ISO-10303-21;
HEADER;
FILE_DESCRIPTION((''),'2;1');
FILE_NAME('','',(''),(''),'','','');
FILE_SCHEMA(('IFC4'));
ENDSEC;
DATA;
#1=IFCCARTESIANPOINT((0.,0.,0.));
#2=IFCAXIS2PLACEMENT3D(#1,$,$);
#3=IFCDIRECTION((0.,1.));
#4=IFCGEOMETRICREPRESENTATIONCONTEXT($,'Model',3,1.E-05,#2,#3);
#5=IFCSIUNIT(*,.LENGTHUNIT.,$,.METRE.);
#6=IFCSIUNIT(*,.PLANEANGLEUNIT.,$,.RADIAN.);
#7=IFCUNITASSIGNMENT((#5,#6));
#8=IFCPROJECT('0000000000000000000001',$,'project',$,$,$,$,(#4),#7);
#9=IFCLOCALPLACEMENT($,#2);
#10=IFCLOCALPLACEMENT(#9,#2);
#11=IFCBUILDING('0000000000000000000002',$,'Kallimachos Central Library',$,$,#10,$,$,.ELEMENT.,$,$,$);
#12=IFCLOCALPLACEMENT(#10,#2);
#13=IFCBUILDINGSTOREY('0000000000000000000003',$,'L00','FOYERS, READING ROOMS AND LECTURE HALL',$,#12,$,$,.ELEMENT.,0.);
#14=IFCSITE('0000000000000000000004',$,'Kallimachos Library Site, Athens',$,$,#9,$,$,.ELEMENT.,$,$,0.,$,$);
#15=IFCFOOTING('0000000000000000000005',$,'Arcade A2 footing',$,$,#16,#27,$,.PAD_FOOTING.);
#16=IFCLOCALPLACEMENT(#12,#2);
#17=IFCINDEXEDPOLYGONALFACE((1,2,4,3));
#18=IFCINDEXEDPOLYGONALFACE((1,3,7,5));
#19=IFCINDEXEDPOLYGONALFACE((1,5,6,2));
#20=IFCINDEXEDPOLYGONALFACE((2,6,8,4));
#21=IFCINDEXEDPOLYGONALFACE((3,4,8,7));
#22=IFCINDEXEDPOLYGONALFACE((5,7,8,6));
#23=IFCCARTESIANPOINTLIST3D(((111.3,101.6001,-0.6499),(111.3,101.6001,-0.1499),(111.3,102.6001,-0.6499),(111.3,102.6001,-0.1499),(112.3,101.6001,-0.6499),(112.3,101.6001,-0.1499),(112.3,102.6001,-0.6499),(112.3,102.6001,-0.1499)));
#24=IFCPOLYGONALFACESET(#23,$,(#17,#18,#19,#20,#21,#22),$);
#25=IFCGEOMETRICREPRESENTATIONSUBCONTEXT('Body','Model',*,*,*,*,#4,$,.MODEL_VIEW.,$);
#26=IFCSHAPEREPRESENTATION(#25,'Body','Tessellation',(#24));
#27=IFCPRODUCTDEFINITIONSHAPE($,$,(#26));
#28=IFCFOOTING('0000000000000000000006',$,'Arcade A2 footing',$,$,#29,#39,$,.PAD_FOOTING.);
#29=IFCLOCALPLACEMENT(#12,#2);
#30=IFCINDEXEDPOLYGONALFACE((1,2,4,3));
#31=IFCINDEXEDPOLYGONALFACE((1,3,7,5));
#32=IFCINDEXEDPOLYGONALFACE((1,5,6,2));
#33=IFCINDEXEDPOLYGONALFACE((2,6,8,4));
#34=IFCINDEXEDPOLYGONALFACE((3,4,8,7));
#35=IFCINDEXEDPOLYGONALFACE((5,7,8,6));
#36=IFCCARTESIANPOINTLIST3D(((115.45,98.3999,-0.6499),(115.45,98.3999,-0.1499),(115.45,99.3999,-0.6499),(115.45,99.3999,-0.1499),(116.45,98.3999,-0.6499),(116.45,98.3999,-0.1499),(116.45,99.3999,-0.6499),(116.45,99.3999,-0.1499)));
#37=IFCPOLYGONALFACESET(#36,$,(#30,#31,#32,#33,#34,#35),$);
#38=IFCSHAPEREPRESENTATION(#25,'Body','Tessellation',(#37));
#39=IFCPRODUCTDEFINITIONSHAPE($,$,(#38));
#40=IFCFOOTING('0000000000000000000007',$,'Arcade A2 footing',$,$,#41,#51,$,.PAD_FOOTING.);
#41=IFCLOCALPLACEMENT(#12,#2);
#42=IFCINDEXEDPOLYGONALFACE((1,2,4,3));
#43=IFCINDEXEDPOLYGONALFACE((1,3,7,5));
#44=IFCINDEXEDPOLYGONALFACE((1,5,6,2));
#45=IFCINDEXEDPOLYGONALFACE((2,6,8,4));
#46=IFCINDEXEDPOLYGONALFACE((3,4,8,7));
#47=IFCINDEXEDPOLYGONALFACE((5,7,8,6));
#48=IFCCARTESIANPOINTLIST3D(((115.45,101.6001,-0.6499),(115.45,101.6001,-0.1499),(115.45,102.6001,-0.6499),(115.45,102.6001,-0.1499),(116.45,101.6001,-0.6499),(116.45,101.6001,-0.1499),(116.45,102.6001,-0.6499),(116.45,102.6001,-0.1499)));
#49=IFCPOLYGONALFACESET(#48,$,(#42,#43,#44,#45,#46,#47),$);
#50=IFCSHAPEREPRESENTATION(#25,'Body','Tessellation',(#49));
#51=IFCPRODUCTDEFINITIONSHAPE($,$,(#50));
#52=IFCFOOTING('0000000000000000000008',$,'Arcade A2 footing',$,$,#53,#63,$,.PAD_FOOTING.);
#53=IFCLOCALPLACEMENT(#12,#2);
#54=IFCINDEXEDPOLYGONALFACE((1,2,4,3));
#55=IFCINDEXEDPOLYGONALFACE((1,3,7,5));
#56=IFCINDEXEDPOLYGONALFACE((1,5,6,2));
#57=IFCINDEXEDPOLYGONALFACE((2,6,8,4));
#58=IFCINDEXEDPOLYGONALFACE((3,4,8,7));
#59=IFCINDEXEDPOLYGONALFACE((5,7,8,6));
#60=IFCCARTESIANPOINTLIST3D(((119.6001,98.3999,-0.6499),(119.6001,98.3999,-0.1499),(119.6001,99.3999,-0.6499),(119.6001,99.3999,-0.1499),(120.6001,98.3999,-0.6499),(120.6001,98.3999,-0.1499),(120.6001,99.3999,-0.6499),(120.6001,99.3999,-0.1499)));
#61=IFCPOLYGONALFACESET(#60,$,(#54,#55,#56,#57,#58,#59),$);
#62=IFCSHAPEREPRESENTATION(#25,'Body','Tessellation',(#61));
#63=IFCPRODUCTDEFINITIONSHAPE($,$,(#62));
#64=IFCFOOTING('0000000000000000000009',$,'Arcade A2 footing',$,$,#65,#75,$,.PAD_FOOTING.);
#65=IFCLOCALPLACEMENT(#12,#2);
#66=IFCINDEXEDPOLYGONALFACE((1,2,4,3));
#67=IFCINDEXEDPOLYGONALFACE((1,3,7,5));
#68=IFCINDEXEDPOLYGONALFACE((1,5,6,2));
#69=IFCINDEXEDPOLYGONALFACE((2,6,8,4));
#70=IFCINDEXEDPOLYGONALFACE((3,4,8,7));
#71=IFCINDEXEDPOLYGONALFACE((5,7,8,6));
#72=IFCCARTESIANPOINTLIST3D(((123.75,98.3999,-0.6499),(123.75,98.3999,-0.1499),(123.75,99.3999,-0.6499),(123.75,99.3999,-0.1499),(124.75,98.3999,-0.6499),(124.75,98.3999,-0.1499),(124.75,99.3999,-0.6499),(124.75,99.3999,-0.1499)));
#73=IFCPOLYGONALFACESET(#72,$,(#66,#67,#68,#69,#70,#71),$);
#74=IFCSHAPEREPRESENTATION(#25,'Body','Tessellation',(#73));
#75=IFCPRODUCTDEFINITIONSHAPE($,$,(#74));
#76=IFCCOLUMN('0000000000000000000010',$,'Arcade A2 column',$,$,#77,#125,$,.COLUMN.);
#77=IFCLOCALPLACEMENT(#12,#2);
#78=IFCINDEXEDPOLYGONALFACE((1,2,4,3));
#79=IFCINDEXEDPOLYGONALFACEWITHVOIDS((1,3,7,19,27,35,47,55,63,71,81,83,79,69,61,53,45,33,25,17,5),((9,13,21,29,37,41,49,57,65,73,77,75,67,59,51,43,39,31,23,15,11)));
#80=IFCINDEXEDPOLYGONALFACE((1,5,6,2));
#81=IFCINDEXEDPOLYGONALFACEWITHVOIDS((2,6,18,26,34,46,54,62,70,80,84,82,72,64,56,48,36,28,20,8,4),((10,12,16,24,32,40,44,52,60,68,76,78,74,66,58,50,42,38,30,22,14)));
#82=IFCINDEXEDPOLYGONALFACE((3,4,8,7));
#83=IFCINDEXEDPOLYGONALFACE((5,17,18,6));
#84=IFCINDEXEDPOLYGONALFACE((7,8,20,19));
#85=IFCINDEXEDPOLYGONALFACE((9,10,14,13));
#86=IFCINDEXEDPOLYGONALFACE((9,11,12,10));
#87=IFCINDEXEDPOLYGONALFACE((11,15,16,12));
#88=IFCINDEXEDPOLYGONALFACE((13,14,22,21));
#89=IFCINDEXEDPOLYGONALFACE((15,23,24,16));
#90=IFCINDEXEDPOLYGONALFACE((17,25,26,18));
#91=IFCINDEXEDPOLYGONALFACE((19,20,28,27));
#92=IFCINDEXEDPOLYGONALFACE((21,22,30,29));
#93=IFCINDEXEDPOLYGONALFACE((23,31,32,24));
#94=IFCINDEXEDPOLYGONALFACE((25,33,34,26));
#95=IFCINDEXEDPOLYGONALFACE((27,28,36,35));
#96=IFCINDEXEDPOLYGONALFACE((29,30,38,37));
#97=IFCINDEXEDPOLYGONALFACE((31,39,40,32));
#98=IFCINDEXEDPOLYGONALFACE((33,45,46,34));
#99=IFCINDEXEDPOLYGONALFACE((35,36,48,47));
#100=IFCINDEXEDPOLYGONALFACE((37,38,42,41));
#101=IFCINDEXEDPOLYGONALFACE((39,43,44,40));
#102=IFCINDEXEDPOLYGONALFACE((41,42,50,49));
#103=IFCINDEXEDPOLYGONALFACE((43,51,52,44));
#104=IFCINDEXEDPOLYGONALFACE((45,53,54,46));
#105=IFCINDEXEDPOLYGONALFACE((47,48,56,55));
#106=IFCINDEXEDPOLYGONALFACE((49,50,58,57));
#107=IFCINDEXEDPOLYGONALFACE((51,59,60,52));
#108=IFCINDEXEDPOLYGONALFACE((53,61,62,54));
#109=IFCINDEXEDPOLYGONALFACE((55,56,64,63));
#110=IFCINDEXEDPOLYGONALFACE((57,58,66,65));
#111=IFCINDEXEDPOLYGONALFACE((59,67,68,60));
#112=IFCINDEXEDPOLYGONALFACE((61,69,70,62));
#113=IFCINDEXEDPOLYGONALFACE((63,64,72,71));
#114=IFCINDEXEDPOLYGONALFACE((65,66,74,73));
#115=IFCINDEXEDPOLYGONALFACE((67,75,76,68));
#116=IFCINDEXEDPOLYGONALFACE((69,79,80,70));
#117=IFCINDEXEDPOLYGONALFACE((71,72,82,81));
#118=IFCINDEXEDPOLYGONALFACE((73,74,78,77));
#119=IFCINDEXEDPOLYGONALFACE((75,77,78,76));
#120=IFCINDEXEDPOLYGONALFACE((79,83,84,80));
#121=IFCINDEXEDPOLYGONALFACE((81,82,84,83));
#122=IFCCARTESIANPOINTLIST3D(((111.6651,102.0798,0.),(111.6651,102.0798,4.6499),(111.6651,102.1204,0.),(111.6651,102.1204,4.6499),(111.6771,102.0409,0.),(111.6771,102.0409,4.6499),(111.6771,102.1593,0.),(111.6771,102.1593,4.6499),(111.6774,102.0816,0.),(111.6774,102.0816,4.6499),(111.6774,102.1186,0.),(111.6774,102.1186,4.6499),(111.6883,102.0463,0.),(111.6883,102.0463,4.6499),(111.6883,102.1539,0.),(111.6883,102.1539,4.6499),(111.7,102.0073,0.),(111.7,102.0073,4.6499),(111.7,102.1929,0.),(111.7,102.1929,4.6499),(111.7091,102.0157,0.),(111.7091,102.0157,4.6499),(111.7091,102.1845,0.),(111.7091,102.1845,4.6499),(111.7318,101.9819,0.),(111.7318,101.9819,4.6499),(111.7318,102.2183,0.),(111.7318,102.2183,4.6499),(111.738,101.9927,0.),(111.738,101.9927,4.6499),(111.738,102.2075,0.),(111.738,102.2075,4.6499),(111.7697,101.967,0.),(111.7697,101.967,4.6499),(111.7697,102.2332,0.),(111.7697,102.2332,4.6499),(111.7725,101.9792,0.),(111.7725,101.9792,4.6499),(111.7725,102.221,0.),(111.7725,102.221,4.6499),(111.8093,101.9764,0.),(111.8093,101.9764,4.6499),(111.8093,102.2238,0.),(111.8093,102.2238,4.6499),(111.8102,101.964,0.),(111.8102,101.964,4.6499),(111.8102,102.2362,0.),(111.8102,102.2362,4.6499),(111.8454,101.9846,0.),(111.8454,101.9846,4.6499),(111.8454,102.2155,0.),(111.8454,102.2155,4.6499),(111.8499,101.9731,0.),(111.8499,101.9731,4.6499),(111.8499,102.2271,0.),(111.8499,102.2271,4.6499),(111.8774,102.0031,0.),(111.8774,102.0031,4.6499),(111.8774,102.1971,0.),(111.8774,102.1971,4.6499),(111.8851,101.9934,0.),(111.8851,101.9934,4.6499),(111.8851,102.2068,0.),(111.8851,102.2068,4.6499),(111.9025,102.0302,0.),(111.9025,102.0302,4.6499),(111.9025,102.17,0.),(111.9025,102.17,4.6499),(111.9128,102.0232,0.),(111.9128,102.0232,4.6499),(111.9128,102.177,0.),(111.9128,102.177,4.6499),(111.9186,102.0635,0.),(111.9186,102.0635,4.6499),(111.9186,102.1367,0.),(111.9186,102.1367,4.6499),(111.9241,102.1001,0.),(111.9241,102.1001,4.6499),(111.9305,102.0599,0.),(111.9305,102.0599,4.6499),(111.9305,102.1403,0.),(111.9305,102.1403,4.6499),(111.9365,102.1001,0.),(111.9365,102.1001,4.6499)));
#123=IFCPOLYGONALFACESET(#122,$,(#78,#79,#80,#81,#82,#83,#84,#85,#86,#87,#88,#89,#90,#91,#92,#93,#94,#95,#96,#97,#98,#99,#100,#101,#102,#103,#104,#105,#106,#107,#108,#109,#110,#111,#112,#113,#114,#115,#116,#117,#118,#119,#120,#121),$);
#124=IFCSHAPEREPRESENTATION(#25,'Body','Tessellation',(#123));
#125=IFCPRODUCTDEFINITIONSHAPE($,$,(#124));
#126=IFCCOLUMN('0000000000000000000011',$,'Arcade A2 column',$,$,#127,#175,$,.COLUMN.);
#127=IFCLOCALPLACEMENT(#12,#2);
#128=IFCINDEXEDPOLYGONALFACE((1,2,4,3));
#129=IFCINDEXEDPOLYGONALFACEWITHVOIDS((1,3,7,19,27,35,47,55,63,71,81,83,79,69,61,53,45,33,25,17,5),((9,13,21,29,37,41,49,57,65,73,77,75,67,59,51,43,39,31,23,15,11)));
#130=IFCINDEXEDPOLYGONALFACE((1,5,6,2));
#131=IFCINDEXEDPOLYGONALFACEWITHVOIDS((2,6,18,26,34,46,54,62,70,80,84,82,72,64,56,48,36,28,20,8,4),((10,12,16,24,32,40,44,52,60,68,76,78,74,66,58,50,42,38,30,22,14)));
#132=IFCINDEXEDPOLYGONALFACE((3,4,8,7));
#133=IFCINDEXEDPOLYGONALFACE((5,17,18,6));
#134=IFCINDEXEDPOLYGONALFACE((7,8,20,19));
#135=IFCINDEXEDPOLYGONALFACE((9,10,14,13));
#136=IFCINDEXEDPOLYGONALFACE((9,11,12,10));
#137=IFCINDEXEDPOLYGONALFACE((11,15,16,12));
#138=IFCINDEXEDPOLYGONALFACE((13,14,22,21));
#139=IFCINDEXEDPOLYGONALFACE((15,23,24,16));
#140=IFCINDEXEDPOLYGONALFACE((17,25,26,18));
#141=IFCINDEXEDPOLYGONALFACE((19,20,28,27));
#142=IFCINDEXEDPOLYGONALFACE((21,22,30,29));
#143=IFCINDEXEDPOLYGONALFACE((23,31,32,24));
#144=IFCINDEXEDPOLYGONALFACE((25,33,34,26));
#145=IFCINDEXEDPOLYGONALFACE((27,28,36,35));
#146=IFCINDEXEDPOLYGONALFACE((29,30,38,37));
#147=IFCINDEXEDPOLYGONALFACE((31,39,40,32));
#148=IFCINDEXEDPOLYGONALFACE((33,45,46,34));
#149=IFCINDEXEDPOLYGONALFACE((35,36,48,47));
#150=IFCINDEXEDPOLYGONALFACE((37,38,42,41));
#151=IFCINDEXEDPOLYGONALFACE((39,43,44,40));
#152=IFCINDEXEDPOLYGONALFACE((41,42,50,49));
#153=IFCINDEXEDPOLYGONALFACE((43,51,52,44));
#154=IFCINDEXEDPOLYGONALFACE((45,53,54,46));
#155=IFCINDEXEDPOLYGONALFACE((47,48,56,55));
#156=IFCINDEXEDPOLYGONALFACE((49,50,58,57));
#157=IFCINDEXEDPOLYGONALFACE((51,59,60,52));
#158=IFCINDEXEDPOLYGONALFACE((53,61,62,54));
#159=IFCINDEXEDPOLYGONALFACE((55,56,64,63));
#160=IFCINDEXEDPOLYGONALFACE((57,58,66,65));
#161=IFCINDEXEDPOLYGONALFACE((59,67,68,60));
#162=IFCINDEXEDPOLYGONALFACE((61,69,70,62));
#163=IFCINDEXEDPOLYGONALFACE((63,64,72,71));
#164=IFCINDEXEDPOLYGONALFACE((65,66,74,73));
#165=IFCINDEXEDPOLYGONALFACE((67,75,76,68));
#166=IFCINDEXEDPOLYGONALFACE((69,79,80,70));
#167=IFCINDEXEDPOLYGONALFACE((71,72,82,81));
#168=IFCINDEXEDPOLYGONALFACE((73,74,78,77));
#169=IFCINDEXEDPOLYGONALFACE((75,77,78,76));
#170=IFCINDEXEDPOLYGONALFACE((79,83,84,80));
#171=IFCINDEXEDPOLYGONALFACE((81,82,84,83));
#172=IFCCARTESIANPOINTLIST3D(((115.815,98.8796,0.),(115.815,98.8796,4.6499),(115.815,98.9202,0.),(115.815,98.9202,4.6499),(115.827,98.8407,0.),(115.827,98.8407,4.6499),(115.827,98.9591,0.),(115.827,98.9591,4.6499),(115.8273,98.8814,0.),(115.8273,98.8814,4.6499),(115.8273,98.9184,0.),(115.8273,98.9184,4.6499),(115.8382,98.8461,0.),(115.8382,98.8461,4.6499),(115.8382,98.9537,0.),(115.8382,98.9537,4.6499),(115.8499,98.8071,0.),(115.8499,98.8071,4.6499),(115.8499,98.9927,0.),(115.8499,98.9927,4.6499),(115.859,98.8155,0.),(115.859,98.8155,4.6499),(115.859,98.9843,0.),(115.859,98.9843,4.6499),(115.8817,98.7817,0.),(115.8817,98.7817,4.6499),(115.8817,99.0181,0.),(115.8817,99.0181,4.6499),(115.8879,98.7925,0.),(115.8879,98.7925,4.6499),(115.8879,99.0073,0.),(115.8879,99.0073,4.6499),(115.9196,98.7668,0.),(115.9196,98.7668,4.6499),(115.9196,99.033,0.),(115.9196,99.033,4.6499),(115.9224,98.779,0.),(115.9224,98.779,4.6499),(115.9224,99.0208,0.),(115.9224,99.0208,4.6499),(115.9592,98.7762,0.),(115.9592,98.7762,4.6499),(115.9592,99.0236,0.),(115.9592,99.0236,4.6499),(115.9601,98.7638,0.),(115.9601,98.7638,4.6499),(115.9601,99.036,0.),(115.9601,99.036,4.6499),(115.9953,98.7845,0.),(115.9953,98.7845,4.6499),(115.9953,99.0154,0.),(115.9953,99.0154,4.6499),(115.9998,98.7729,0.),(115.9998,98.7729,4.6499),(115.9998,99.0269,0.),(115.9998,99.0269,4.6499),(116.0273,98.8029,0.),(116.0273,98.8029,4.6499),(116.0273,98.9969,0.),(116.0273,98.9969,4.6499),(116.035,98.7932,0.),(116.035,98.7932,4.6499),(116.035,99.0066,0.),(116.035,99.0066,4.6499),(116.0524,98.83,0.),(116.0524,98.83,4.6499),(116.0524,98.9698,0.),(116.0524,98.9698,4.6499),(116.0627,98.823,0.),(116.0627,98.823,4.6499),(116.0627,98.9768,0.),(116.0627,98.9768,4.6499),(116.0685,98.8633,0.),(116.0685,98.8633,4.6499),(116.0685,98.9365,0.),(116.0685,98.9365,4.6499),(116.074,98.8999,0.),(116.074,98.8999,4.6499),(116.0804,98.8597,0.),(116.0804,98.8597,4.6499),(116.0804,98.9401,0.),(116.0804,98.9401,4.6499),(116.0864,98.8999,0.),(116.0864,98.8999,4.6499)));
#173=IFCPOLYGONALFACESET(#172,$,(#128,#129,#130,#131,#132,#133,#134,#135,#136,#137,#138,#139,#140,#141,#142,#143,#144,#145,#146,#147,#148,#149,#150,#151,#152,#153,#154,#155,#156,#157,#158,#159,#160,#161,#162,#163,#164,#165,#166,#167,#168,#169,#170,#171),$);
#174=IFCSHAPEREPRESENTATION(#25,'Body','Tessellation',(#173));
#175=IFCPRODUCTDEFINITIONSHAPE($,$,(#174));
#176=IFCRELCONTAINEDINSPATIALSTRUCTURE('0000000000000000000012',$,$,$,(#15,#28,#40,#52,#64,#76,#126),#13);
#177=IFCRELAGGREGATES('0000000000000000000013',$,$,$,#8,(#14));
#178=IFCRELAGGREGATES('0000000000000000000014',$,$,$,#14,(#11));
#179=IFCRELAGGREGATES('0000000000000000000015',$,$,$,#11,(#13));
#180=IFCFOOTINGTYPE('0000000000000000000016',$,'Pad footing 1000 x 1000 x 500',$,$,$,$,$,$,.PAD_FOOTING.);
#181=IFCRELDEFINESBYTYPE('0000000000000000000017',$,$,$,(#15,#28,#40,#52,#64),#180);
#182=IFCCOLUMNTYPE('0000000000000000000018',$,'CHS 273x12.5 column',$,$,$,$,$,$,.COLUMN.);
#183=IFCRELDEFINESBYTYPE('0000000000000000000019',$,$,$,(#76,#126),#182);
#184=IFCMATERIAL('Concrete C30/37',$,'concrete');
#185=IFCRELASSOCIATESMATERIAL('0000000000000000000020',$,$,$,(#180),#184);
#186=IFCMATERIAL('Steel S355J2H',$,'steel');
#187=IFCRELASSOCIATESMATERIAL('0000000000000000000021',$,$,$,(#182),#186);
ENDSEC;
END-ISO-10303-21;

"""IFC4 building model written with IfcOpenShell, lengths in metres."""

from ifc_helpers import new_model, si_unit, direction, frame, origin, origin_2d, place, context, subcontext, project, spatial, rectangle, hollow_circle, extrude, material, material_profile, profile_set, type_object, element, save


model = new_model("IFC4")

# Units and contexts
model_context = context("Model", 3, precision=1e-05, world=origin(), true_north=direction((0.0, 1.0)))
body_context = subcontext(model_context, "Body", "Model", "MODEL_VIEW")
ifc_project = project(units=[si_unit("LENGTHUNIT", "METRE"), si_unit("PLANEANGLEUNIT", "RADIAN")], contexts=[model_context])

# Site, building, storey
site_placement = place(None, origin())
site = spatial("IfcSite", under=ifc_project, at=site_placement, Name="Kallimachos Library Site, Athens", CompositionType="ELEMENT", RefElevation=0.0)
building_placement = place(site_placement, origin())
building = spatial("IfcBuilding", under=site, at=building_placement, Name="Kallimachos Central Library", CompositionType="ELEMENT")
storey_placement = place(building_placement, origin())
storey = spatial("IfcBuildingStorey", under=building, at=storey_placement, Name="L00", Description="FOYERS, READING ROOMS AND LECTURE HALL", CompositionType="ELEMENT", Elevation=0.0)

# Footings
ifc_material_1 = material(Name="Concrete C30/37", Category="concrete")
footing_type = type_object("IfcFootingType", Name="Pad footing 1000 x 1000 x 500", PredefinedType="PAD_FOOTING", material=ifc_material_1)
for number, where, z_axis, x_axis, name in (
    (1, (111.8, 102.1001, -0.6499), (0.0, 0.0, 1.0), (1.0, 0.0, 0.0), "Arcade A2 footing"),
    (2, (115.95, 98.8999, -0.6499), (0.0, 0.0, 1.0), (1.0, 0.0, 0.0), "Arcade A2 footing"),
    (3, (115.95, 102.1001, -0.6499), (0.0, 0.0, 1.0), (1.0, 0.0, 0.0), "Arcade A2 footing"),
    (4, (120.1001, 98.8999, -0.6499), (0.0, 0.0, 1.0), (1.0, 0.0, 0.0), "Arcade A2 footing"),
    (5, (124.25, 98.8999, -0.6499), (0.0, 0.0, 1.0), (1.0, 0.0, 0.0), "Arcade A2 footing"),
):
    element("IfcFooting", number, at=place(storey_placement, frame(where, z_axis=z_axis, x_axis=x_axis)), inside=storey, type_object=footing_type, Name=name, PredefinedType="PAD_FOOTING", context=body_context, shape_type="SweptSolid", body=[
        extrude(rectangle(XDim=1.0, YDim=1.0, at=origin_2d()), origin(), (0.0, 0.0, 1.0), 0.5),
    ])

# Columns
ifc_material_2 = material(Name="Steel S355J2H", Category="steel")
ifc_material_profile_1 = material_profile(ifc_material_2, hollow_circle(Radius=0.1365, WallThickness=0.0125, at=origin_2d()), Name="CHS 273x12.5")
ifc_profile_set_1 = profile_set([ifc_material_profile_1], Name="Steel S355J2H")
column_type = type_object("IfcColumnType", Name="CHS 273x12.5 column", PredefinedType="COLUMN", material=ifc_profile_set_1)
for number, where, z_axis, x_axis, name in (
    (6, (111.8, 102.1001, 0.0), (0.0, 0.0, 1.0), (1.0, 0.0, 0.0), "Arcade A2 column"),
    (7, (115.95, 98.8999, 0.0), (0.0, 0.0, 1.0), (1.0, 0.0, 0.0), "Arcade A2 column"),
):
    element("IfcColumn", number, at=place(storey_placement, frame(where, z_axis=z_axis, x_axis=x_axis)), inside=storey, type_object=column_type, Name=name, PredefinedType="COLUMN", context=body_context, shape_type="SweptSolid", body=[
        extrude(hollow_circle(Radius=0.1365, WallThickness=0.0125, at=origin_2d()), origin(), (0.0, 0.0, 1.0), 4.6499),
    ])

save(model, "model.ifc")
